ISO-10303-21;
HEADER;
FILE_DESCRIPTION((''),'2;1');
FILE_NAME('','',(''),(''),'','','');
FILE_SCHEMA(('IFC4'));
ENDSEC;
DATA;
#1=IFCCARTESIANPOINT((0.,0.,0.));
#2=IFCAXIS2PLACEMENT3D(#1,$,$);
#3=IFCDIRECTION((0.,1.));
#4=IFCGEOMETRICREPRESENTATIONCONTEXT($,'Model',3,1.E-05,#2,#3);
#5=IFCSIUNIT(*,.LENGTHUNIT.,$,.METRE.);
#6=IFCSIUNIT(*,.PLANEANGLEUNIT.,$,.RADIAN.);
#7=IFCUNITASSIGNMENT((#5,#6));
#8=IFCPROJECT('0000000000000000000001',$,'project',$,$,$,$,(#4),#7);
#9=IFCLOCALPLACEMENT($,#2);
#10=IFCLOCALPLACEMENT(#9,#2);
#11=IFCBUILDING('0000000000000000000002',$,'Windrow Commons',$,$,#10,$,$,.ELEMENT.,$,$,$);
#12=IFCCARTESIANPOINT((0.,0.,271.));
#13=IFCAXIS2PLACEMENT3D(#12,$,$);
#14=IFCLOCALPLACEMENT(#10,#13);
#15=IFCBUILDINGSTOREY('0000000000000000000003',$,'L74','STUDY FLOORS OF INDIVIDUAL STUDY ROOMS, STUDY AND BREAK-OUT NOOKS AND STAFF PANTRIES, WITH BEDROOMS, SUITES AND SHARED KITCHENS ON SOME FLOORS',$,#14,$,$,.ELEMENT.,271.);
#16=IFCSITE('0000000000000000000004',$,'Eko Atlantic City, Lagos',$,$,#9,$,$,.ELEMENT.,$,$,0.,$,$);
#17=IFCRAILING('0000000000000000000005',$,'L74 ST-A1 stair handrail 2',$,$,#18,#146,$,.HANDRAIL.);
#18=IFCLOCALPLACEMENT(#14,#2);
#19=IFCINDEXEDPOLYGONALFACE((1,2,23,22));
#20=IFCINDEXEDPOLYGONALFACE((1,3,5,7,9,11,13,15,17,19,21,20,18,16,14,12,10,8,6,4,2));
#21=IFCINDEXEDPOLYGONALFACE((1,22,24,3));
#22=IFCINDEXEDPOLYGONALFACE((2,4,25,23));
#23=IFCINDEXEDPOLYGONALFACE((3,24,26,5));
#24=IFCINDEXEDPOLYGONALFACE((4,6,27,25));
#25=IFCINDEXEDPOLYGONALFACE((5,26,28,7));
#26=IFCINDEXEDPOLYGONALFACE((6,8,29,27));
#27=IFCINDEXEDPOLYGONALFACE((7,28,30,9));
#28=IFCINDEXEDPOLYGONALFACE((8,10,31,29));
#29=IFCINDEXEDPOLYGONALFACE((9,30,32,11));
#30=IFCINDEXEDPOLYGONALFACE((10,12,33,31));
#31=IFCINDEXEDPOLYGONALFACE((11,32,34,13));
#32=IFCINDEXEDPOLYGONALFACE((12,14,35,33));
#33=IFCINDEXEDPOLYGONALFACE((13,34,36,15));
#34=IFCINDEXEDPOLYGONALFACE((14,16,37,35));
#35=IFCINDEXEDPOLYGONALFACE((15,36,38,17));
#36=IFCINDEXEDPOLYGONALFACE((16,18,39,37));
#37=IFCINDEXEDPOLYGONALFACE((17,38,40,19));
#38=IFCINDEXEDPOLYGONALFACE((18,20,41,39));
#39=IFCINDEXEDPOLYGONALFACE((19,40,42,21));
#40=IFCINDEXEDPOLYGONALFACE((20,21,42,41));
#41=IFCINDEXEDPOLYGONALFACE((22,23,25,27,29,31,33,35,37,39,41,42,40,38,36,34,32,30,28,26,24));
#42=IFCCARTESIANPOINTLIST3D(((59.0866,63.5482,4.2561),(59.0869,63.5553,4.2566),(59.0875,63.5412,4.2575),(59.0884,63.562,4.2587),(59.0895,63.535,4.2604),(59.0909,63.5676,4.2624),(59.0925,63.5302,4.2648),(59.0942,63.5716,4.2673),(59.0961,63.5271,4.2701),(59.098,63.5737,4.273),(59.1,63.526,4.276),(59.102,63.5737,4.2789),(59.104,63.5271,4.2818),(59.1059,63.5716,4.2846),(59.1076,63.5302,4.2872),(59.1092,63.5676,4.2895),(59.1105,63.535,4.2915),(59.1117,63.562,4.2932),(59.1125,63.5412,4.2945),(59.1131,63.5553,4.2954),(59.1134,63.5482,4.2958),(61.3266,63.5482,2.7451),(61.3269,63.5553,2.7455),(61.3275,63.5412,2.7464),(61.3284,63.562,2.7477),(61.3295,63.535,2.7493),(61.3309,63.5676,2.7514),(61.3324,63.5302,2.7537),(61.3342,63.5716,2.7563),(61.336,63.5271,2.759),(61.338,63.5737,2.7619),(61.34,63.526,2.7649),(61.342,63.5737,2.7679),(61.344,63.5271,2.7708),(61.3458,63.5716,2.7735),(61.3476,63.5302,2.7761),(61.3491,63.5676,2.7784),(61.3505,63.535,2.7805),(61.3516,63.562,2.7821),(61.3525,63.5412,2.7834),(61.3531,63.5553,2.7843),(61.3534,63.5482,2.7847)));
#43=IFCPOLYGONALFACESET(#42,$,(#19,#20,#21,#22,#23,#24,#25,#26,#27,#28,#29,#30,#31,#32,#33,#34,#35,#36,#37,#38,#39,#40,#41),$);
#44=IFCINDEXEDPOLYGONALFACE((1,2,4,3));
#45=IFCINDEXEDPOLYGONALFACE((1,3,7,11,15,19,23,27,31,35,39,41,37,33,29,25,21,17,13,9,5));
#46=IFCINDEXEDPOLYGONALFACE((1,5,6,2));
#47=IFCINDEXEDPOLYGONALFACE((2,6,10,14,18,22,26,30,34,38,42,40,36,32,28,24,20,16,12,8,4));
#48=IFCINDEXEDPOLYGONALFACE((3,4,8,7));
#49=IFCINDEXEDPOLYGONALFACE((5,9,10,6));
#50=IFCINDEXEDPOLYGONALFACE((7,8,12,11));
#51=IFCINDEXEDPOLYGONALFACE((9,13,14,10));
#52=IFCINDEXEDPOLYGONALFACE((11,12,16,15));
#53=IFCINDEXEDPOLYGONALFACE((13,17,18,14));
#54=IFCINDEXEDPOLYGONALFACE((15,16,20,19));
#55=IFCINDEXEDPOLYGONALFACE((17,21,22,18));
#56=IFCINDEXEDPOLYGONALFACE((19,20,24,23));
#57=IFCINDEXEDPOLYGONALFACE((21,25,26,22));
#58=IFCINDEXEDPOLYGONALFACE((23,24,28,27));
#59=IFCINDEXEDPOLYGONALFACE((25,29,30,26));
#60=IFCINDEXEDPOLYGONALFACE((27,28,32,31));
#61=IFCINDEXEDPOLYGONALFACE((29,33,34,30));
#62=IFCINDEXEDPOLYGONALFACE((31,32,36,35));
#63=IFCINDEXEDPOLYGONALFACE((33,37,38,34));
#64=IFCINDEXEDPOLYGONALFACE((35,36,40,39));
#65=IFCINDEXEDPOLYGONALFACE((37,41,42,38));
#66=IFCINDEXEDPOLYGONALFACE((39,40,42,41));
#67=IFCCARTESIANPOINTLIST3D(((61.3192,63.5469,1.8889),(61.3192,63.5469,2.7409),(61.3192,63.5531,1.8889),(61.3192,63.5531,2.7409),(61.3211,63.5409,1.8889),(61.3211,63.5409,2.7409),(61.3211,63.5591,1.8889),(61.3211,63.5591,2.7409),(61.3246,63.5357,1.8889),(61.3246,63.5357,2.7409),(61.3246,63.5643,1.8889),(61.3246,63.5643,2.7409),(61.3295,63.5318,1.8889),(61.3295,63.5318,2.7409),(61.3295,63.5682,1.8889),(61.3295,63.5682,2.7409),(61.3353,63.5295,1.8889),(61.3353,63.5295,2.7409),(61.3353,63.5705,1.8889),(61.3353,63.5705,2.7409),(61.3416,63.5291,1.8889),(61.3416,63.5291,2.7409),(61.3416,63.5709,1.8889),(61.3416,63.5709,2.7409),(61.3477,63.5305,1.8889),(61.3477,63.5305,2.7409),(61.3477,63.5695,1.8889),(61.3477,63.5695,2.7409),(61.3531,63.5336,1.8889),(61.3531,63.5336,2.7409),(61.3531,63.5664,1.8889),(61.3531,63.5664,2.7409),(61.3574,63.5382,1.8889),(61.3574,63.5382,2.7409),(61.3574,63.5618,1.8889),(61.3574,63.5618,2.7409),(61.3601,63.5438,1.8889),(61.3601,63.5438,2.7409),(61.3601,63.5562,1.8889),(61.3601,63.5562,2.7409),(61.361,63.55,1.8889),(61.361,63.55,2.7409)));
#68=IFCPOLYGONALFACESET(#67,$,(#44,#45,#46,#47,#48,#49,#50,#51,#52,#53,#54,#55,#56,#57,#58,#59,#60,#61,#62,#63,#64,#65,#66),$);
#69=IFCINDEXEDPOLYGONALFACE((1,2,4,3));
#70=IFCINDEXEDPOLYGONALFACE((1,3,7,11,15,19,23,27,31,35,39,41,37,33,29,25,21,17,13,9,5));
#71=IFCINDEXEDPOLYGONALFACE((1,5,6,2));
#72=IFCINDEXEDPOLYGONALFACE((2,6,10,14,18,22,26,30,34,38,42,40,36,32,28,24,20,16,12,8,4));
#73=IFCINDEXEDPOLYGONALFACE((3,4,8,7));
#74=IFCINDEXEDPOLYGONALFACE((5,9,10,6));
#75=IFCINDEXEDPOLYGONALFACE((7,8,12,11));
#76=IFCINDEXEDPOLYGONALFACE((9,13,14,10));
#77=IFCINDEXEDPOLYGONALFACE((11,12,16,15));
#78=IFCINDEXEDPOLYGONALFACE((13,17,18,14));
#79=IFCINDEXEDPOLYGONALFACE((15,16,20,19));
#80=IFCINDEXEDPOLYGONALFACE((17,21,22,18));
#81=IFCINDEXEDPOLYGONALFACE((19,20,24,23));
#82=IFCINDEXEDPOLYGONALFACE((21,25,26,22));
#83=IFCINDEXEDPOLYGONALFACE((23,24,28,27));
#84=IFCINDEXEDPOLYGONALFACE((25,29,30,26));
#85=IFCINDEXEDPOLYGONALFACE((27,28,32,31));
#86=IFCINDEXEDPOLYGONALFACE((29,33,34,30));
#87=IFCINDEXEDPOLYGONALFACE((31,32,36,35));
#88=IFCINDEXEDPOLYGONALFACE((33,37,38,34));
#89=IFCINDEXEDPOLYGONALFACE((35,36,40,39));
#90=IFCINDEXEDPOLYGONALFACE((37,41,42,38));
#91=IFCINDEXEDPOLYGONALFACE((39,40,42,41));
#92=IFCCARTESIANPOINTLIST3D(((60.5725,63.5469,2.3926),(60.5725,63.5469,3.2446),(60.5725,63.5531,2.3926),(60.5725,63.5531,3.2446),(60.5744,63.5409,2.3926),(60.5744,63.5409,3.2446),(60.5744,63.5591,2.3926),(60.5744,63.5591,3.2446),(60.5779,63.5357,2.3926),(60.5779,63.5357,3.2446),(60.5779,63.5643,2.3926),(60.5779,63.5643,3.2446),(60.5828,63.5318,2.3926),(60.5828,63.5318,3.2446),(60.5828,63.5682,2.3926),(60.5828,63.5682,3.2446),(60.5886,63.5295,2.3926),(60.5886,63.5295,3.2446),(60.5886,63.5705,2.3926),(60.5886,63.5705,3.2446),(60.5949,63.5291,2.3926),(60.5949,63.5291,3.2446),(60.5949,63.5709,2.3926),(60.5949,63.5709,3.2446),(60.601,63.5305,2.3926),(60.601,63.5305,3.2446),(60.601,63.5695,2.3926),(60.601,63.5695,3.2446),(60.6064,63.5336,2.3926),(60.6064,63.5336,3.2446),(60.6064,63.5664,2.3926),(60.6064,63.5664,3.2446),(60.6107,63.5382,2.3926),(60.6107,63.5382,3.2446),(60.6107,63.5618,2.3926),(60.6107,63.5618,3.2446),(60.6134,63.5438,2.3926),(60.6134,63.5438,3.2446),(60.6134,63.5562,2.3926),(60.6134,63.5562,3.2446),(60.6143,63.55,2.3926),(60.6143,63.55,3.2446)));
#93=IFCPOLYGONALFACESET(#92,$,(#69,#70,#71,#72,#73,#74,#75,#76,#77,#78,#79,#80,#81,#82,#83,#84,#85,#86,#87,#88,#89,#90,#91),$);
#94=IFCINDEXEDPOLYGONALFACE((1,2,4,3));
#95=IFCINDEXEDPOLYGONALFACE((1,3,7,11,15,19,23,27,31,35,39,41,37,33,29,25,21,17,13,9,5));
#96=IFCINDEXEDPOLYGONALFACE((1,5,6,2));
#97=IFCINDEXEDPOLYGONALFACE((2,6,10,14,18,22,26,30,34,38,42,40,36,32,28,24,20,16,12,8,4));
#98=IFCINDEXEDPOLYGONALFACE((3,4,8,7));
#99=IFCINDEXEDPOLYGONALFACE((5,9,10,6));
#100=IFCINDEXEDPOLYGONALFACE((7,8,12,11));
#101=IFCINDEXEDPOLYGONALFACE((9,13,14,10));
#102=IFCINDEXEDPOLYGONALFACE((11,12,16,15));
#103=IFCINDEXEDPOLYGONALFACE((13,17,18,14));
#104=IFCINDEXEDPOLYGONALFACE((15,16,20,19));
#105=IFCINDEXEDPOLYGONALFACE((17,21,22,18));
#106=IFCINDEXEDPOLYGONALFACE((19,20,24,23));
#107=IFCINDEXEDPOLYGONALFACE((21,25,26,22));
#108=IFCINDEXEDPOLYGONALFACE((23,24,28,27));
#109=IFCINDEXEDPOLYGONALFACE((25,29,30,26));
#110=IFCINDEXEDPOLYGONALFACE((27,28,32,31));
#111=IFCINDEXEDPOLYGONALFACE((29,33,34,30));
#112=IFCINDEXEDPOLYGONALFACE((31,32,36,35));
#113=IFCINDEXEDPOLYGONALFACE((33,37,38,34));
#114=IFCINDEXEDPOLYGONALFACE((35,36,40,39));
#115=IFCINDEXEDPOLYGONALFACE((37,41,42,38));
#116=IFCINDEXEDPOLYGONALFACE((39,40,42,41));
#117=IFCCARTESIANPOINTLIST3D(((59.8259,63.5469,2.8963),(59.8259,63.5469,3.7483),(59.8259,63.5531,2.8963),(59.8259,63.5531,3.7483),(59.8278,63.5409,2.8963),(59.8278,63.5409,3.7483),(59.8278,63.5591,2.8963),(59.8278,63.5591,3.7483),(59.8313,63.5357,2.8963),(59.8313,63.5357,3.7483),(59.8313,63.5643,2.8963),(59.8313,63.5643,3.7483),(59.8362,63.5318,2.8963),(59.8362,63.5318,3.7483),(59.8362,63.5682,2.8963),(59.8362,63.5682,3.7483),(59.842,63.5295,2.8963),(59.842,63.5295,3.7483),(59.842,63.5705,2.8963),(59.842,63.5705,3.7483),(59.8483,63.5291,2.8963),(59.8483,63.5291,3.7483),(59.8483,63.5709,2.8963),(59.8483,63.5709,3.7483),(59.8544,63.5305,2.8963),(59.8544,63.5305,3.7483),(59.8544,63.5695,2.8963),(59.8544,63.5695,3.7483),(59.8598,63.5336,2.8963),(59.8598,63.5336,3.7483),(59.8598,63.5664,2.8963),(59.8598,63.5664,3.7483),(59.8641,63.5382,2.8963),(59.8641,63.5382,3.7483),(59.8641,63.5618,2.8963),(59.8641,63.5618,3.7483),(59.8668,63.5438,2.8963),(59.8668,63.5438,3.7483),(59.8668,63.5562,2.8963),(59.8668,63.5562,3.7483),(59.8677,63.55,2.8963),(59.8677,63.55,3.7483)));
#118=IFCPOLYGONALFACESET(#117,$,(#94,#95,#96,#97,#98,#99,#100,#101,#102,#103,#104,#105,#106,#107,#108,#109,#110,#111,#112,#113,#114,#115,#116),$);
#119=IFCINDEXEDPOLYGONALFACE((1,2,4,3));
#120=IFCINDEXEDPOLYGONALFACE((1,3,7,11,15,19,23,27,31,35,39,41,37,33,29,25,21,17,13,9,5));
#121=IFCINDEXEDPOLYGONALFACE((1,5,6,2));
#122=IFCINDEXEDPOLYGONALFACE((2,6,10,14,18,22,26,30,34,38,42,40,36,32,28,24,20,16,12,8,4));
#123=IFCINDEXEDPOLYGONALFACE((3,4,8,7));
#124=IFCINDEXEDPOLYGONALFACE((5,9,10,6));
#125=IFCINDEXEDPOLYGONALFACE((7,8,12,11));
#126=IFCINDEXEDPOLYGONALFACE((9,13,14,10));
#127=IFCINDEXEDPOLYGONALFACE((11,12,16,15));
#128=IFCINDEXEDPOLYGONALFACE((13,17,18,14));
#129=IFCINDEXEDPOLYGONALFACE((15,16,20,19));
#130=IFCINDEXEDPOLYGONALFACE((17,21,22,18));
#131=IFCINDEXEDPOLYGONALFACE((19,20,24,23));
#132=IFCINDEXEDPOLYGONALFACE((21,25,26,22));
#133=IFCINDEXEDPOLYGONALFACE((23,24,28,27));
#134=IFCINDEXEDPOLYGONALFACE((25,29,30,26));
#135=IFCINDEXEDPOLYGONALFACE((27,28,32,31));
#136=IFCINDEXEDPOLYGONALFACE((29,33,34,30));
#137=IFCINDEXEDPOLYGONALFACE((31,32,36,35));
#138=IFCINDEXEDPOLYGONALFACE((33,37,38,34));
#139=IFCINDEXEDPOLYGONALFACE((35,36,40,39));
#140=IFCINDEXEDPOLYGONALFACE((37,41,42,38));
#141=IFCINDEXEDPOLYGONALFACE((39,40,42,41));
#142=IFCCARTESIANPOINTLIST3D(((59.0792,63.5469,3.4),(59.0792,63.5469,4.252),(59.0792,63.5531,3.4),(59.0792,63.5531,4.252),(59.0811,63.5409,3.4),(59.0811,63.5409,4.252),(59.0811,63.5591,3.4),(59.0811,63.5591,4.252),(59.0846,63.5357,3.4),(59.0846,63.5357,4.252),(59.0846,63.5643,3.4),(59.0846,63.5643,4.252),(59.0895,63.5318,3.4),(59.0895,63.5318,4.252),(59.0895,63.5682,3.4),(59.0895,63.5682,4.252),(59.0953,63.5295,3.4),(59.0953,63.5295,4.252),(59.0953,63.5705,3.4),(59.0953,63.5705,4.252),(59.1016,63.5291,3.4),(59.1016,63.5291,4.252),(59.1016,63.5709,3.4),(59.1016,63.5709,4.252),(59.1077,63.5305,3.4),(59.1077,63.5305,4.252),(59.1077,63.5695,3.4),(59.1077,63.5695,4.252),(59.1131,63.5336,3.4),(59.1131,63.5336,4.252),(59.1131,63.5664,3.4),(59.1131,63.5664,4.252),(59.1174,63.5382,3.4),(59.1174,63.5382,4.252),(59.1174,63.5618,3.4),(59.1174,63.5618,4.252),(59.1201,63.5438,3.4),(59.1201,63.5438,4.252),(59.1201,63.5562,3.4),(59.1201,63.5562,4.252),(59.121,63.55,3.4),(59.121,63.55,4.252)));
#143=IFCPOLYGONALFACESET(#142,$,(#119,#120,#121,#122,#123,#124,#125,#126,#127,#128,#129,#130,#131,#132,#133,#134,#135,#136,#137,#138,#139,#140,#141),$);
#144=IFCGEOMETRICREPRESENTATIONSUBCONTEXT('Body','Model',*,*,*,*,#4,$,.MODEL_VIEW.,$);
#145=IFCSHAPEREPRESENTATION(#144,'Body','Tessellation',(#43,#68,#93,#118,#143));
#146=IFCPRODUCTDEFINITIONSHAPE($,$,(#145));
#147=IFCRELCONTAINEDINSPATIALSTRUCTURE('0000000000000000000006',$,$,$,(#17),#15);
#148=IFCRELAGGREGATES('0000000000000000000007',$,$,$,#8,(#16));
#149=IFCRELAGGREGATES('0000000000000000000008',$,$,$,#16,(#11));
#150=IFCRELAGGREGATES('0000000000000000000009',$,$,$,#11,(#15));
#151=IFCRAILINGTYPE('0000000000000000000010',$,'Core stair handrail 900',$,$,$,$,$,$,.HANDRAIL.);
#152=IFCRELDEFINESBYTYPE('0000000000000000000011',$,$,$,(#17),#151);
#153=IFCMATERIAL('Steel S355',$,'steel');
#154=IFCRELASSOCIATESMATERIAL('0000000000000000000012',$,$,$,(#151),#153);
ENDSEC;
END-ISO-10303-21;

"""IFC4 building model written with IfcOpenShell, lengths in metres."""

from ifc_helpers import new_model, si_unit, direction, frame, origin, origin_2d, place, context, subcontext, project, spatial, circle, extrude, material, type_object, element, save


model = new_model("IFC4")

# Units and contexts
model_context = context("Model", 3, precision=1e-05, world=origin(), true_north=direction((0.0, 1.0)))
body_context = subcontext(model_context, "Body", "Model", "MODEL_VIEW")
ifc_project = project(units=[si_unit("LENGTHUNIT", "METRE"), si_unit("PLANEANGLEUNIT", "RADIAN")], contexts=[model_context])

# Site, building, storey
site_placement = place(None, origin())
site = spatial("IfcSite", under=ifc_project, at=site_placement, Name="Eko Atlantic City, Lagos", CompositionType="ELEMENT", RefElevation=0.0)
building_placement = place(site_placement, origin())
building = spatial("IfcBuilding", under=site, at=building_placement, Name="Windrow Commons", CompositionType="ELEMENT")
storey_placement = place(building_placement, frame((0.0, 0.0, 271.0)))
storey = spatial("IfcBuildingStorey", under=building, at=storey_placement, Name="L74", Description="STUDY FLOORS OF INDIVIDUAL STUDY ROOMS, STUDY AND BREAK-OUT NOOKS AND STAFF PANTRIES, WITH BEDROOMS, SUITES AND SHARED KITCHENS ON SOME FLOORS", CompositionType="ELEMENT", Elevation=271.0)

# Railing
ifc_material_1 = material(Name="Steel S355", Category="steel")
railing_type_1 = type_object("IfcRailingType", Name="Core stair handrail 900", PredefinedType="HANDRAIL", material=ifc_material_1)
for number, where, name in (
    (1, (61.34, 63.55, 1.8889), "L74 ST-A1 stair handrail 2"),
):
    element("IfcRailing", number, at=place(storey_placement, frame(where)), inside=storey, type_object=railing_type_1, Name=name, PredefinedType="HANDRAIL", context=body_context, shape_type="SweptSolid", body=[
        extrude(circle(Radius=0.024, at=origin_2d()), frame((0.0, 0.0, 0.876), z_axis=(-0.829003, 0.0, 0.559244), x_axis=(0.0, -1.0, 0.0)), (0.0, 0.0, 1.0), 2.702),
        extrude(circle(Radius=0.021, at=origin_2d()), origin(), (0.0, 0.0, 1.0), 0.852),
        extrude(circle(Radius=0.021, at=origin_2d()), frame((-0.7467, 0.0, 0.5037)), (0.0, 0.0, 1.0), 0.852),
        extrude(circle(Radius=0.021, at=origin_2d()), frame((-1.4933, 0.0, 1.0074)), (0.0, 0.0, 1.0), 0.852),
        extrude(circle(Radius=0.021, at=origin_2d()), frame((-2.24, 0.0, 1.5111)), (0.0, 0.0, 1.0), 0.852),
    ])

save(model, "model.ifc")
